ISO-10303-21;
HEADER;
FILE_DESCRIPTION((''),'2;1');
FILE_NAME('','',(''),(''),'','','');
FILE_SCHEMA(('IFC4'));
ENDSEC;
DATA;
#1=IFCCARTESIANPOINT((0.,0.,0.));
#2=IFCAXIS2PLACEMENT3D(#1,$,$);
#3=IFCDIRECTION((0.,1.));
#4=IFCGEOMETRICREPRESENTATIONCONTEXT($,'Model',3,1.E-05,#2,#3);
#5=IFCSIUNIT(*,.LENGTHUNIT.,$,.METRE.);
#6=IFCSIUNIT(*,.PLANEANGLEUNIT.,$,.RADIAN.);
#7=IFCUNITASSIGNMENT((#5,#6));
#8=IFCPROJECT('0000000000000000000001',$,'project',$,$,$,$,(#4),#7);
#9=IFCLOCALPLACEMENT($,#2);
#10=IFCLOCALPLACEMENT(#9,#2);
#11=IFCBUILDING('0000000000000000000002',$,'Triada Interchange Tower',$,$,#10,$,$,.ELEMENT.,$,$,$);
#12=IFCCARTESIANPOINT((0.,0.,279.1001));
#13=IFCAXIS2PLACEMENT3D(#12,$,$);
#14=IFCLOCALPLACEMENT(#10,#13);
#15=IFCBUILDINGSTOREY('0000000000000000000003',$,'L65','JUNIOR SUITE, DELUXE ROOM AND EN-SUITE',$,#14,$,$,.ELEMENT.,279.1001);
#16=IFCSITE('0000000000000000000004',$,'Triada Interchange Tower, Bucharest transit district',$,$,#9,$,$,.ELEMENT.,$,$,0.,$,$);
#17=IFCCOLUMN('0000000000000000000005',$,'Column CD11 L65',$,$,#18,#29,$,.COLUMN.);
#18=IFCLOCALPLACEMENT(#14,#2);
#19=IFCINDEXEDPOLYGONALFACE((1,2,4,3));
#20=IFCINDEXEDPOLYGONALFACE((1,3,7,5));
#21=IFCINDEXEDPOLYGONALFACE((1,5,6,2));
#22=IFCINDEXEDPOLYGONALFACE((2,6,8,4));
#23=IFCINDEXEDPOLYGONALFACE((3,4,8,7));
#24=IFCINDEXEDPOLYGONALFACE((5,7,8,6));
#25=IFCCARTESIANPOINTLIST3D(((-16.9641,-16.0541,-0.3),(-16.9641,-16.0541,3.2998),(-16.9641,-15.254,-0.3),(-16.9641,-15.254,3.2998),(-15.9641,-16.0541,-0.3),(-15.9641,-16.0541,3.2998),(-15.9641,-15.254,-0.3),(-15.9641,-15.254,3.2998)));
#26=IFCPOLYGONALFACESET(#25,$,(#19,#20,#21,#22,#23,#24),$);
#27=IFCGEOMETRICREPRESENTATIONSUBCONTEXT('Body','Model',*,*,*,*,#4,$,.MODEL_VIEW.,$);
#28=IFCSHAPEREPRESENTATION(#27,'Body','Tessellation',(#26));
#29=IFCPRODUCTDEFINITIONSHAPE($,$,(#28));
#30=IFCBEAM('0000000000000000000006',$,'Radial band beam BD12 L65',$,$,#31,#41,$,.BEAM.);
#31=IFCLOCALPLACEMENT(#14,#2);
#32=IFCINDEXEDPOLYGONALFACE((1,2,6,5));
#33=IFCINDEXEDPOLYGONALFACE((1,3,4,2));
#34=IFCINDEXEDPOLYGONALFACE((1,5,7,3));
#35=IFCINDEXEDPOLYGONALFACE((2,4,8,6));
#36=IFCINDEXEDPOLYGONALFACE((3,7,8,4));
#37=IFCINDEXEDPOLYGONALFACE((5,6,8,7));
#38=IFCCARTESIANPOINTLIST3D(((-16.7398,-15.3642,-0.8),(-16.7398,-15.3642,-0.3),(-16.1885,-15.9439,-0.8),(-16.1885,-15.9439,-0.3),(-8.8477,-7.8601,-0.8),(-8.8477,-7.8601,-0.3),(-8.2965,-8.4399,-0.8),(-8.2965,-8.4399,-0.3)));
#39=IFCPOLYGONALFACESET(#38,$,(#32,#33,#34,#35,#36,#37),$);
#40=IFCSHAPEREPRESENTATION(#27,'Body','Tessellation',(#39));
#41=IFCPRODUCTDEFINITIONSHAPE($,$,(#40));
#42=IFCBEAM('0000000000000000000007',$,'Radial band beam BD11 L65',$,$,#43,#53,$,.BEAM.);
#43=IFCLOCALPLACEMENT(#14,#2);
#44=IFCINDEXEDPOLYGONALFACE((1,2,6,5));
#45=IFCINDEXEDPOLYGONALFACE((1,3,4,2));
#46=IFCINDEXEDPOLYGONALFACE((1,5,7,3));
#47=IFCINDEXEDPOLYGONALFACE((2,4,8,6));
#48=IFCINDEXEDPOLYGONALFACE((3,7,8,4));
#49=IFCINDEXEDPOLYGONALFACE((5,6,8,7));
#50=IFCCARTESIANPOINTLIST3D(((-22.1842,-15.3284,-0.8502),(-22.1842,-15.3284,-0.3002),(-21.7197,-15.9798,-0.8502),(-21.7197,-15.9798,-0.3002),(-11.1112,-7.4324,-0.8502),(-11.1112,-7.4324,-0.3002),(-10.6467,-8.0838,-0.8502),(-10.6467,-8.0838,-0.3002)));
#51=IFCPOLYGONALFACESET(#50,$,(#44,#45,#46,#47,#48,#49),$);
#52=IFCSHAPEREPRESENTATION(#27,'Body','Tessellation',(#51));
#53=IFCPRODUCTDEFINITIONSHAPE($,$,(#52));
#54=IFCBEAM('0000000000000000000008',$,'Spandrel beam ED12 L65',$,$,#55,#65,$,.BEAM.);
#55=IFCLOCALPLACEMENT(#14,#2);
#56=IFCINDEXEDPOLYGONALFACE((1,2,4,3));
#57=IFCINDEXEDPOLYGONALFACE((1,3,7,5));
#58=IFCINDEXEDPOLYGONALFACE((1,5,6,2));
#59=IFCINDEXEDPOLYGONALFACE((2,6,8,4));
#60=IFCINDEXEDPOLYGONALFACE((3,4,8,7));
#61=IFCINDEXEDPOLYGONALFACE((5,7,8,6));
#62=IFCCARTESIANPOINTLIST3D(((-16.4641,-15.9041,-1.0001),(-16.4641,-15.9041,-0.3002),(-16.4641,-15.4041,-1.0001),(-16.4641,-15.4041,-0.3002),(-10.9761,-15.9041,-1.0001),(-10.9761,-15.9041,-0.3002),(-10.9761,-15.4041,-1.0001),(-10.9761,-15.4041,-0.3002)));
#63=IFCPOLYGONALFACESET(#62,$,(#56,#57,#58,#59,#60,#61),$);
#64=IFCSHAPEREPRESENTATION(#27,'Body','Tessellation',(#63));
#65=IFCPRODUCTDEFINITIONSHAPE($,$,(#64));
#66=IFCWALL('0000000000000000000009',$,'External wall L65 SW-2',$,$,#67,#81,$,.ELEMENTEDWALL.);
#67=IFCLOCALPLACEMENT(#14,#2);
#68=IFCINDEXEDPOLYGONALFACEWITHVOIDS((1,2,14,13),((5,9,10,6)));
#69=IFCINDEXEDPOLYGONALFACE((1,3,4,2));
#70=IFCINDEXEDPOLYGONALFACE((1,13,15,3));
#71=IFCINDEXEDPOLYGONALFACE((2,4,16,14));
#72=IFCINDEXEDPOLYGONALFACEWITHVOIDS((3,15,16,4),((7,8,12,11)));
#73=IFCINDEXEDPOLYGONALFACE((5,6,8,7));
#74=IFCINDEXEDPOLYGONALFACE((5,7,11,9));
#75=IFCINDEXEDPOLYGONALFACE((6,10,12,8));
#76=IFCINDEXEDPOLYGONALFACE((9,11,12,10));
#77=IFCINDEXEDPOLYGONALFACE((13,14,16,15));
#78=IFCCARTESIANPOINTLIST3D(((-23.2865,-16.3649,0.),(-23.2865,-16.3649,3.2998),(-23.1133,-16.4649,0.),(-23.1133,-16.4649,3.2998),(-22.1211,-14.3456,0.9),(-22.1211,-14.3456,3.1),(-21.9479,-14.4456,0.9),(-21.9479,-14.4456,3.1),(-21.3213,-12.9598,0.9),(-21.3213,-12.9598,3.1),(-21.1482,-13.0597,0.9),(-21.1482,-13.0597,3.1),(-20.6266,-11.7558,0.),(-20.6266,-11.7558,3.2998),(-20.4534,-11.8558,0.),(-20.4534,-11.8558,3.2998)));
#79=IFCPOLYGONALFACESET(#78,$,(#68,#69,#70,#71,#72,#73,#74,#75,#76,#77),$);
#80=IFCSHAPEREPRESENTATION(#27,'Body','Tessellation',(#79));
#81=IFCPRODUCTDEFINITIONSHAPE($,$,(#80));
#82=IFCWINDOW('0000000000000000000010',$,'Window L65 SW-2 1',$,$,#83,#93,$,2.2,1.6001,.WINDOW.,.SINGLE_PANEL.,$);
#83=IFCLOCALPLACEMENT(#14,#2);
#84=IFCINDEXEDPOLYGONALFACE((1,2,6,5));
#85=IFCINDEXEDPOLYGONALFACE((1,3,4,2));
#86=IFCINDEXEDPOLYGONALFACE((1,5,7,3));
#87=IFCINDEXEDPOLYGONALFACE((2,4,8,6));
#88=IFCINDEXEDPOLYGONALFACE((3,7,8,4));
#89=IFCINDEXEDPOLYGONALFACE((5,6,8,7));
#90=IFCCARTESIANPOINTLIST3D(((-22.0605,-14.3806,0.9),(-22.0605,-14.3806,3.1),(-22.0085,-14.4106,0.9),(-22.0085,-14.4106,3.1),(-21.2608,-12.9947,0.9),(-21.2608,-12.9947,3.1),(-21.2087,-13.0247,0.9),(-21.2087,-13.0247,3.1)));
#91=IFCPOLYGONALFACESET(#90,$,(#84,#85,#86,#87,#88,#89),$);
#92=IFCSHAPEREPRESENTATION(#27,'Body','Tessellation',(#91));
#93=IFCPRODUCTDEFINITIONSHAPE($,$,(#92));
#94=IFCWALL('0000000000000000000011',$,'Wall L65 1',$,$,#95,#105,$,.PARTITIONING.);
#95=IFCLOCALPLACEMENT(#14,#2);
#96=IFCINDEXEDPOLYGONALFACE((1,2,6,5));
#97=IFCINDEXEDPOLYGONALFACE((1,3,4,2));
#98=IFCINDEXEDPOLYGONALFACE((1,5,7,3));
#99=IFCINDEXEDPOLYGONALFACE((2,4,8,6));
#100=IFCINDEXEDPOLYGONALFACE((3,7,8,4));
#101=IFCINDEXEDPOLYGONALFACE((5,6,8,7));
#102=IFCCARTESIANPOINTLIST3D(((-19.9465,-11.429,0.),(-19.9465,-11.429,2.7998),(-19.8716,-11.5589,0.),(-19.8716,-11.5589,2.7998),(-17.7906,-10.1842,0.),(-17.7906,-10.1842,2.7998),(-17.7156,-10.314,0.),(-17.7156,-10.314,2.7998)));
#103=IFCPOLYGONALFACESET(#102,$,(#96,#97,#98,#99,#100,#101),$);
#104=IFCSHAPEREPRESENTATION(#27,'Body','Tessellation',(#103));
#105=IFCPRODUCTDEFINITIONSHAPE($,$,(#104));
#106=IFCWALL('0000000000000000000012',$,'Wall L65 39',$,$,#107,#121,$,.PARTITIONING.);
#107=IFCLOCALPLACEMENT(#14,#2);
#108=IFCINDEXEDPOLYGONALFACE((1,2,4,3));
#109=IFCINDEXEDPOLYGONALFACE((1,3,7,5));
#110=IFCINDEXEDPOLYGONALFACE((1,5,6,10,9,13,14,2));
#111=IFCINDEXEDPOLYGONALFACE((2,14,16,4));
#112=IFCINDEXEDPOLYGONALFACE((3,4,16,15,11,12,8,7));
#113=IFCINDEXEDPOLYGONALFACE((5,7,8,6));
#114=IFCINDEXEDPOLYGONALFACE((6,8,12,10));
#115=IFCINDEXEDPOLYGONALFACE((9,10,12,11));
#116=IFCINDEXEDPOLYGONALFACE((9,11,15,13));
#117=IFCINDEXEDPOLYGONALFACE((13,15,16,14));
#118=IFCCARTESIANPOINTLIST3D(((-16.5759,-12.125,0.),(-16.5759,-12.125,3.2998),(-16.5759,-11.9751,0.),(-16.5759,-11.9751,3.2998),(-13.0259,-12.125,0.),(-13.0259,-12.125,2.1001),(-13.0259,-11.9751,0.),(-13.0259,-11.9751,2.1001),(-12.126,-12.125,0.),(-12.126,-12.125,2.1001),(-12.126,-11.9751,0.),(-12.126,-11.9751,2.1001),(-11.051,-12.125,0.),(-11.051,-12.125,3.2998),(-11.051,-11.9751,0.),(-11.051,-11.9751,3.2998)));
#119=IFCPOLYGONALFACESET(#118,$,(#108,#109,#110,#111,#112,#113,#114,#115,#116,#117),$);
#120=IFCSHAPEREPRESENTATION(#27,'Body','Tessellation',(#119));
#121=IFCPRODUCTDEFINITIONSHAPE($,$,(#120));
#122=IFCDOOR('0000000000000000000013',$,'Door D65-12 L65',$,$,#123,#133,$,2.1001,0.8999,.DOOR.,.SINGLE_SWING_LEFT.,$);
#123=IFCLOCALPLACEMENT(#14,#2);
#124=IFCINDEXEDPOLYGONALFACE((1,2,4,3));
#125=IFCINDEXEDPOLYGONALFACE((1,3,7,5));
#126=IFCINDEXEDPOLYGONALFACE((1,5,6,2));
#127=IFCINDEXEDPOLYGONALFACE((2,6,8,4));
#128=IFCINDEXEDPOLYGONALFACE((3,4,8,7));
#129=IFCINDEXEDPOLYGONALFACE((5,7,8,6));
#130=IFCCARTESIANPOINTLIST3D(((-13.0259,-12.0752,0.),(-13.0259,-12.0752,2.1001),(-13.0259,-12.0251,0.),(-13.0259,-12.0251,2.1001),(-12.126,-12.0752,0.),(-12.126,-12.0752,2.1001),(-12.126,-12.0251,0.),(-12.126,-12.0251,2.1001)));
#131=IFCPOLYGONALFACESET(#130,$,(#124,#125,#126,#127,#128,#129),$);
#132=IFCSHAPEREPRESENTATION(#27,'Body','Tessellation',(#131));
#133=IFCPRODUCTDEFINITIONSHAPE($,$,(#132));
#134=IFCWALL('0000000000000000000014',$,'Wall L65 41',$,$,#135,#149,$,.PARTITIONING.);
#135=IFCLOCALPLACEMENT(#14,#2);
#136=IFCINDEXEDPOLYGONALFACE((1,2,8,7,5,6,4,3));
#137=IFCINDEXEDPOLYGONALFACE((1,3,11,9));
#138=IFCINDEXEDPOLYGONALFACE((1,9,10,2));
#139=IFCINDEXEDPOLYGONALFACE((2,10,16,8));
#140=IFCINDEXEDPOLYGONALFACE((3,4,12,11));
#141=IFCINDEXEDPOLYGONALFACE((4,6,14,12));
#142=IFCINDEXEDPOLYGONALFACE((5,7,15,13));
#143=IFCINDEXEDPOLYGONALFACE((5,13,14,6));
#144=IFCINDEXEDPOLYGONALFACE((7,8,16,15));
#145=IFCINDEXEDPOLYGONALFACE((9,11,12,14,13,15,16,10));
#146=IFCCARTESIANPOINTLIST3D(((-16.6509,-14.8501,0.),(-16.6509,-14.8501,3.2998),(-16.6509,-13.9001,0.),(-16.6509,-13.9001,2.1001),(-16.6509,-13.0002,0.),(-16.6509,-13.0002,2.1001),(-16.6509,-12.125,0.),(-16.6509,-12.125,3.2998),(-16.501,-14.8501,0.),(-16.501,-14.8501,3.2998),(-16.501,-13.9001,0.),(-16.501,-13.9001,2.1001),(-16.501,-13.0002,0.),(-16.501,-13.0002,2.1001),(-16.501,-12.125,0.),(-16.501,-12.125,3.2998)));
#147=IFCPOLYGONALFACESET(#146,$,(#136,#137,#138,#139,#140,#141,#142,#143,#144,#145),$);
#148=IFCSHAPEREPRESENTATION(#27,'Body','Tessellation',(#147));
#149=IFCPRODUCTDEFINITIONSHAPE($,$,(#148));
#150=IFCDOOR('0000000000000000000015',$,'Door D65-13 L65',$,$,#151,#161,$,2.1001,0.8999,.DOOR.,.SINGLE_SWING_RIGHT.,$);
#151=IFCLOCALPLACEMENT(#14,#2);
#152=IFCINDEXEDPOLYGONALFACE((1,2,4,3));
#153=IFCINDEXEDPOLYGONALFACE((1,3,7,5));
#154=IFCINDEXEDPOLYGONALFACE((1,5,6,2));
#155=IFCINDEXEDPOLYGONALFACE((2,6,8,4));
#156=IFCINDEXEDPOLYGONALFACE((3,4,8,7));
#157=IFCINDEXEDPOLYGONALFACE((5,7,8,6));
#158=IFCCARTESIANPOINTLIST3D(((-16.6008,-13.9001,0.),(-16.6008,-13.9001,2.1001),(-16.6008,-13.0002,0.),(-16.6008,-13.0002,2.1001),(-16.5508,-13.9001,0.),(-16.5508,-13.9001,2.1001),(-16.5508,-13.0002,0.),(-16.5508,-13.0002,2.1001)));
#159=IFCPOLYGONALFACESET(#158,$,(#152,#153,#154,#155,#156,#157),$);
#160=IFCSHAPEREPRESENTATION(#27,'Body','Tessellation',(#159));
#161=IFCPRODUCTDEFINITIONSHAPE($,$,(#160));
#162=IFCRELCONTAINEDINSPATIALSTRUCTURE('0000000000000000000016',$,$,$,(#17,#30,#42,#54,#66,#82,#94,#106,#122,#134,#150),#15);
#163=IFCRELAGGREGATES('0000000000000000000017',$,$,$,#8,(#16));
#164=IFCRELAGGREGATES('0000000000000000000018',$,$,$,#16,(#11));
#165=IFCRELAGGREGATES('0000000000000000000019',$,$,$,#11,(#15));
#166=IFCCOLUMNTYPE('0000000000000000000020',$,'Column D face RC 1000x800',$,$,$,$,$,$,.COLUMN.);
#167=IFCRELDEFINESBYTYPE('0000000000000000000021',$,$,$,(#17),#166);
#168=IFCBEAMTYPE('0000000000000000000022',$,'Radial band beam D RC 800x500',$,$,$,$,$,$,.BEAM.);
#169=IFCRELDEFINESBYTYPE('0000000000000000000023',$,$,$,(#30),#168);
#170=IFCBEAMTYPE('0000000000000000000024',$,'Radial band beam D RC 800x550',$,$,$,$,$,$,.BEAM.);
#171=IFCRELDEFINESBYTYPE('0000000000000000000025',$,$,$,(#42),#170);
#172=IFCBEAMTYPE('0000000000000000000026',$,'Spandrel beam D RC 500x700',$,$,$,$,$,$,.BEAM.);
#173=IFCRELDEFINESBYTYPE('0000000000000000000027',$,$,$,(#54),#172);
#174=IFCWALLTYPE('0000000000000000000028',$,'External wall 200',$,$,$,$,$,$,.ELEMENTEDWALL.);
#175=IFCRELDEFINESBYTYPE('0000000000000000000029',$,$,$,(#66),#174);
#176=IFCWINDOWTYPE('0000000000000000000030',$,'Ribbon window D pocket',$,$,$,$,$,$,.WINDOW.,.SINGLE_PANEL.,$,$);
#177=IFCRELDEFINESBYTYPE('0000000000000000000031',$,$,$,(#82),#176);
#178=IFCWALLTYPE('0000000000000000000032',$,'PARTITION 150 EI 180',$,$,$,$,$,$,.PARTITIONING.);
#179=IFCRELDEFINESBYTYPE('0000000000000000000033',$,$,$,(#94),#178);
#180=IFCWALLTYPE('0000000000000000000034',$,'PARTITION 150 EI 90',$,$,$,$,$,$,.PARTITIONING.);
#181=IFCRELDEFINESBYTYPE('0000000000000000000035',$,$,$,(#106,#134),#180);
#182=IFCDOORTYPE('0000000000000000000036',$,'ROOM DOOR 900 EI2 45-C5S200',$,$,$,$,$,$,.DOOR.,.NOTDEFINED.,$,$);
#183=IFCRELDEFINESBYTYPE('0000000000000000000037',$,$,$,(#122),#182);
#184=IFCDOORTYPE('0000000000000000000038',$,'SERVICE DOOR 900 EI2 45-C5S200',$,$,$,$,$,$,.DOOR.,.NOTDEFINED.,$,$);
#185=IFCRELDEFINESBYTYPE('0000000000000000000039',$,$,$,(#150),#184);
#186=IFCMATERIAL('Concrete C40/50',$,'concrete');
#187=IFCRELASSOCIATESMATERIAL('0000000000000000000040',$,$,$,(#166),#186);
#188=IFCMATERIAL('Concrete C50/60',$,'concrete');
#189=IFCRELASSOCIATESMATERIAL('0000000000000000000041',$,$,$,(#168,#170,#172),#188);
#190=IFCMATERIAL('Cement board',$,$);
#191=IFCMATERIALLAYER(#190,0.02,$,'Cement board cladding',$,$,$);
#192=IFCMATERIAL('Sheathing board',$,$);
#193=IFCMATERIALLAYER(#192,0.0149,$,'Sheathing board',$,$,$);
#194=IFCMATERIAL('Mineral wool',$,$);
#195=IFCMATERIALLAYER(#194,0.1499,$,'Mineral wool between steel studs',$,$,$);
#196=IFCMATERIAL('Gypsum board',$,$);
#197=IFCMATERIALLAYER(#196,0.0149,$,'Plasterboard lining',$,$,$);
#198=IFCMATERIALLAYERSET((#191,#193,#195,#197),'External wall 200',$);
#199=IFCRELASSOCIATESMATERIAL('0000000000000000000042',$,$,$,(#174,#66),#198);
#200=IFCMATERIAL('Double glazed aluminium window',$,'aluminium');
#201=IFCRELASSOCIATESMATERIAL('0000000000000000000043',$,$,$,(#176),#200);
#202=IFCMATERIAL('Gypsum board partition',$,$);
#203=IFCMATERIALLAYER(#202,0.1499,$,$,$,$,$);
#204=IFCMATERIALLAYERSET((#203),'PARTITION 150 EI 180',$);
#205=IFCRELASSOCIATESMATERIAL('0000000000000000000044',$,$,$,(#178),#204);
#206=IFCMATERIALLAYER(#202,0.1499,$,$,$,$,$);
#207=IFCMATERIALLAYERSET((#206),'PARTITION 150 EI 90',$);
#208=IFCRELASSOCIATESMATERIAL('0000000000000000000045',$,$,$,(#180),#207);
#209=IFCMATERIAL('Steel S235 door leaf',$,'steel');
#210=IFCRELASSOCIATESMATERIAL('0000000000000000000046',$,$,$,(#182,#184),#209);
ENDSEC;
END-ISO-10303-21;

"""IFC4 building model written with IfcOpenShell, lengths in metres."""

from ifc_helpers import new_model, si_unit, direction, frame, frame_2d, origin, origin_2d, place, context, subcontext, project, spatial, rectangle, extrude, material, layer, layer_set, layer_usage, material_profile, profile_set, type_object, element, fill, save


model = new_model("IFC4")

# Units and contexts
model_context = context("Model", 3, precision=1e-05, world=origin(), true_north=direction((0.0, 1.0)))
body_context = subcontext(model_context, "Body", "Model", "MODEL_VIEW")
ifc_project = project(units=[si_unit("LENGTHUNIT", "METRE"), si_unit("PLANEANGLEUNIT", "RADIAN")], contexts=[model_context])

# Site, building, storey
site_placement = place(None, origin())
site = spatial("IfcSite", under=ifc_project, at=site_placement, Name="Triada Interchange Tower, Bucharest transit district", CompositionType="ELEMENT", RefElevation=0.0)
building_placement = place(site_placement, origin())
building = spatial("IfcBuilding", under=site, at=building_placement, Name="Triada Interchange Tower", CompositionType="ELEMENT")
storey_placement = place(building_placement, frame((0.0, 0.0, 279.1001)))
storey = spatial("IfcBuildingStorey", under=building, at=storey_placement, Name="L65", Description="JUNIOR SUITE, DELUXE ROOM AND EN-SUITE", CompositionType="ELEMENT", Elevation=279.1001)

# Column
ifc_material_1 = material(Name="Concrete C40/50", Category="concrete")
ifc_material_profile_1 = material_profile(ifc_material_1, rectangle(XDim=1.0, YDim=0.8, at=origin_2d()), Name="RC 1000x800")
ifc_profile_set_1 = profile_set([ifc_material_profile_1], Name="Concrete C40/50")
column_type = type_object("IfcColumnType", Name="Column D face RC 1000x800", PredefinedType="COLUMN", material=ifc_profile_set_1)
column_placement = place(storey_placement, frame((-16.4641, -15.6541, -0.3), z_axis=(0.0, 0.0, 1.0), x_axis=(1.0, 0.0, 0.0)))
element("IfcColumn", 1, at=column_placement, inside=storey, type_object=column_type, Name="Column CD11 L65", PredefinedType="COLUMN", context=body_context, shape_type="SweptSolid", body=[
    extrude(rectangle(XDim=1.0, YDim=0.8, at=origin_2d()), origin(), (0.0, 0.0, 1.0), 3.5999),
])

# Beams
ifc_material_2 = material(Name="Concrete C50/60", Category="concrete")
ifc_material_profile_2 = material_profile(ifc_material_2, rectangle(XDim=0.8, YDim=0.5, at=origin_2d()), Name="RC 800x500")
ifc_profile_set_2 = profile_set([ifc_material_profile_2], Name="Concrete C50/60")
beam_type_1 = type_object("IfcBeamType", Name="Radial band beam D RC 800x500", PredefinedType="BEAM", material=ifc_profile_set_2)
beam_1_placement = place(storey_placement, frame((-16.4641, -15.6541, -0.55), z_axis=(0.724694, 0.689071, 0.0), x_axis=(-0.689071, 0.724694, 0.0)))
element("IfcBeam", 2, at=beam_1_placement, inside=storey, type_object=beam_type_1, Name="Radial band beam BD12 L65", PredefinedType="BEAM", context=body_context, shape_type="SweptSolid", body=[
    extrude(rectangle(XDim=0.8, YDim=0.5, at=origin_2d()), origin(), (0.0, 0.0, 1.0), 10.8901),
])
ifc_material_profile_3 = material_profile(ifc_material_2, rectangle(XDim=0.8, YDim=0.55, at=origin_2d()), Name="RC 800x550")
ifc_profile_set_3 = profile_set([ifc_material_profile_3], Name="Concrete C50/60")
beam_type_2 = type_object("IfcBeamType", Name="Radial band beam D RC 800x550", PredefinedType="BEAM", material=ifc_profile_set_3)
beam_2_placement = place(storey_placement, frame((-21.9519, -15.6541, -0.5752), z_axis=(0.814195, 0.580591, 0.0), x_axis=(-0.580591, 0.814195, 0.0)))
element("IfcBeam", 3, at=beam_2_placement, inside=storey, type_object=beam_type_2, Name="Radial band beam BD11 L65", PredefinedType="BEAM", context=body_context, shape_type="SweptSolid", body=[
    extrude(rectangle(XDim=0.8, YDim=0.55, at=origin_2d()), origin(), (0.0, 0.0, 1.0), 13.5999),
])
ifc_material_profile_4 = material_profile(ifc_material_2, rectangle(XDim=0.5, YDim=0.7, at=origin_2d()), Name="RC 500x700")
ifc_profile_set_4 = profile_set([ifc_material_profile_4], Name="Concrete C50/60")
beam_type_3 = type_object("IfcBeamType", Name="Spandrel beam D RC 500x700", PredefinedType="BEAM", material=ifc_profile_set_4)
beam_3_placement = place(storey_placement, frame((-16.4641, -15.6541, -0.6501), z_axis=(1.0, 0.0, 0.0), x_axis=(0.0, 1.0, 0.0)))
element("IfcBeam", 4, at=beam_3_placement, inside=storey, type_object=beam_type_3, Name="Spandrel beam ED12 L65", PredefinedType="BEAM", context=body_context, shape_type="SweptSolid", body=[
    extrude(rectangle(XDim=0.5, YDim=0.7, at=origin_2d()), origin(), (0.0, 0.0, 1.0), 5.488),
])

# Wall, opening, window
ifc_material_3 = material(Name="Cement board")
ifc_layer_1 = layer(ifc_material_3, 0.02, Name="Cement board cladding")
ifc_material_4 = material(Name="Sheathing board")
ifc_layer_2 = layer(ifc_material_4, 0.0149, Name="Sheathing board")
ifc_material_5 = material(Name="Mineral wool")
ifc_layer_3 = layer(ifc_material_5, 0.1499, Name="Mineral wool between steel studs")
ifc_material_6 = material(Name="Gypsum board")
ifc_layer_4 = layer(ifc_material_6, 0.0149, Name="Plasterboard lining")
ifc_layer_set_1 = layer_set([ifc_layer_1, ifc_layer_2, ifc_layer_3, ifc_layer_4], Name="External wall 200")
ifc_layer_usage = layer_usage(ifc_layer_set_1, "AXIS2", "POSITIVE", -0.1001)
wall_type_1 = type_object("IfcWallType", Name="External wall 200", PredefinedType="ELEMENTEDWALL", material=ifc_layer_set_1)
wall_1_placement = place(storey_placement, frame((-20.54, -11.8059, 0.0), z_axis=(0.0, 0.0, 1.0), x_axis=(-0.499835, -0.866121, 0.0)))
wall_1 = element("IfcWall", 5, at=wall_1_placement, inside=storey, type_object=wall_type_1, material=ifc_layer_usage, Name="External wall L65 SW-2", PredefinedType="ELEMENTEDWALL", context=body_context, shape_type="SweptSolid", body=[
    extrude(rectangle(XDim=5.3215, YDim=0.2, at=frame_2d((2.6606, 0.0))), origin(), (0.0, 0.0, 1.0), 3.2998),
])
opening_1_placement = place(wall_1_placement, frame((1.3899, 0.0, 0.8999)))
opening_1 = element("IfcOpeningElement", 6, at=opening_1_placement, cuts=wall_1, PredefinedType="OPENING", context=body_context, shape_type="SweptSolid", body=[
    extrude(rectangle(XDim=1.6001, YDim=2.2, at=frame_2d((0.8, 1.1001))), frame((0.0, 0.1099, 0.0), z_axis=(0.0, -1.0, 0.0), x_axis=(1.0, 0.0, 0.0)), (0.0, 0.0, 1.0), 0.22),
])
ifc_material_7 = material(Name="Double glazed aluminium window", Category="aluminium")
window_type = type_object("IfcWindowType", Name="Ribbon window D pocket", PartitioningType="SINGLE_PANEL", PredefinedType="WINDOW", material=ifc_material_7)
window_placement = place(opening_1_placement, origin())
window = element("IfcWindow", 7, at=window_placement, inside=storey, type_object=window_type, Name="Window L65 SW-2 1", OverallHeight=2.2, OverallWidth=1.6001, PartitioningType="SINGLE_PANEL", PredefinedType="WINDOW", context=body_context, shape_type="SweptSolid", body=[
    extrude(rectangle(XDim=1.6001, YDim=2.2, at=frame_2d((0.8, 1.1001))), frame((0.0, 0.03, 0.0), z_axis=(0.0, -1.0, 0.0), x_axis=(1.0, 0.0, 0.0)), (0.0, 0.0, 1.0), 0.0601),
])
fill(opening_1, window)

# Wall
ifc_material_8 = material(Name="Gypsum board partition")
ifc_layer_5 = layer(ifc_material_8, 0.1499)
ifc_layer_set_2 = layer_set([ifc_layer_5], Name="PARTITION 150 EI 180")
wall_type_2 = type_object("IfcWallType", Name="PARTITION 150 EI 180", PredefinedType="PARTITIONING", material=ifc_layer_set_2)
wall_2_placement = place(storey_placement, frame((-19.9089, -11.4939, 0.0), z_axis=(0.0, 0.0, 1.0), x_axis=(0.866008, 0.500031, 0.0)))
element("IfcWall", 8, at=wall_2_placement, inside=storey, type_object=wall_type_2, Name="Wall L65 1", PredefinedType="PARTITIONING", context=body_context, shape_type="SweptSolid", body=[
    extrude(rectangle(XDim=2.4895, YDim=0.1499, at=frame_2d((1.2446, 0.0))), origin(), (0.0, 0.0, 1.0), 2.7998),
])

# Walls, openings, doors
ifc_layer_6 = layer(ifc_material_8, 0.1499)
ifc_layer_set_3 = layer_set([ifc_layer_6], Name="PARTITION 150 EI 90")
wall_type_3 = type_object("IfcWallType", Name="PARTITION 150 EI 90", PredefinedType="PARTITIONING", material=ifc_layer_set_3)
wall_3_placement = place(storey_placement, frame((-16.5759, -12.05, 0.0), z_axis=(0.0, 0.0, 1.0), x_axis=(1.0, 0.0, 0.0)))
wall_3 = element("IfcWall", 9, at=wall_3_placement, inside=storey, type_object=wall_type_3, Name="Wall L65 39", PredefinedType="PARTITIONING", context=body_context, shape_type="SweptSolid", body=[
    extrude(rectangle(XDim=5.5249, YDim=0.1499, at=frame_2d((2.7625, 0.0))), origin(), (0.0, 0.0, 1.0), 3.2998),
])
opening_2_placement = place(wall_3_placement, frame((3.55, 0.0, 0.0)))
opening_2 = element("IfcOpeningElement", 10, at=opening_2_placement, cuts=wall_3, PredefinedType="OPENING", context=body_context, shape_type="SweptSolid", body=[
    extrude(rectangle(XDim=0.8999, YDim=2.1001, at=frame_2d((0.45, 1.05))), frame((0.0, 0.085, 0.0), z_axis=(0.0, -1.0, 0.0), x_axis=(1.0, 0.0, 0.0)), (0.0, 0.0, 1.0), 0.1699),
])
ifc_material_9 = material(Name="Steel S235 door leaf", Category="steel")
door_type_1 = type_object("IfcDoorType", Name="ROOM DOOR 900 EI2 45-C5S200", OperationType="NOTDEFINED", PredefinedType="DOOR", material=ifc_material_9)
door_1_placement = place(opening_2_placement, origin())
door_1 = element("IfcDoor", 11, at=door_1_placement, inside=storey, type_object=door_type_1, Name="Door D65-12 L65", OperationType="SINGLE_SWING_LEFT", OverallHeight=2.1001, OverallWidth=0.8999, PredefinedType="DOOR", context=body_context, shape_type="SweptSolid", body=[
    extrude(rectangle(XDim=0.8999, YDim=2.1001, at=frame_2d((0.45, 1.05))), frame((0.0, 0.0249, 0.0), z_axis=(0.0, -1.0, 0.0), x_axis=(1.0, 0.0, 0.0)), (0.0, 0.0, 1.0), 0.05),
])
fill(opening_2, door_1)
wall_4_placement = place(storey_placement, frame((-16.5759, -14.8501, 0.0), z_axis=(0.0, 0.0, 1.0), x_axis=(0.0, 1.0, 0.0)))
wall_4 = element("IfcWall", 12, at=wall_4_placement, inside=storey, type_object=wall_type_3, Name="Wall L65 41", PredefinedType="PARTITIONING", context=body_context, shape_type="SweptSolid", body=[
    extrude(rectangle(XDim=2.7251, YDim=0.1499, at=frame_2d((1.3625, 0.0))), origin(), (0.0, 0.0, 1.0), 3.2998),
])
opening_3_placement = place(wall_4_placement, frame((0.95, 0.0, 0.0)))
opening_3 = element("IfcOpeningElement", 13, at=opening_3_placement, cuts=wall_4, PredefinedType="OPENING", context=body_context, shape_type="SweptSolid", body=[
    extrude(rectangle(XDim=0.8999, YDim=2.1001, at=frame_2d((0.45, 1.05))), frame((0.0, 0.085, 0.0), z_axis=(0.0, -1.0, 0.0), x_axis=(1.0, 0.0, 0.0)), (0.0, 0.0, 1.0), 0.1699),
])
door_type_2 = type_object("IfcDoorType", Name="SERVICE DOOR 900 EI2 45-C5S200", OperationType="NOTDEFINED", PredefinedType="DOOR", material=ifc_material_9)
door_2_placement = place(opening_3_placement, origin())
door_2 = element("IfcDoor", 14, at=door_2_placement, inside=storey, type_object=door_type_2, Name="Door D65-13 L65", OperationType="SINGLE_SWING_RIGHT", OverallHeight=2.1001, OverallWidth=0.8999, PredefinedType="DOOR", context=body_context, shape_type="SweptSolid", body=[
    extrude(rectangle(XDim=0.8999, YDim=2.1001, at=frame_2d((0.45, 1.05))), frame((0.0, 0.0249, 0.0), z_axis=(0.0, -1.0, 0.0), x_axis=(1.0, 0.0, 0.0)), (0.0, 0.0, 1.0), 0.05),
])
fill(opening_3, door_2)

save(model, "model.ifc")
